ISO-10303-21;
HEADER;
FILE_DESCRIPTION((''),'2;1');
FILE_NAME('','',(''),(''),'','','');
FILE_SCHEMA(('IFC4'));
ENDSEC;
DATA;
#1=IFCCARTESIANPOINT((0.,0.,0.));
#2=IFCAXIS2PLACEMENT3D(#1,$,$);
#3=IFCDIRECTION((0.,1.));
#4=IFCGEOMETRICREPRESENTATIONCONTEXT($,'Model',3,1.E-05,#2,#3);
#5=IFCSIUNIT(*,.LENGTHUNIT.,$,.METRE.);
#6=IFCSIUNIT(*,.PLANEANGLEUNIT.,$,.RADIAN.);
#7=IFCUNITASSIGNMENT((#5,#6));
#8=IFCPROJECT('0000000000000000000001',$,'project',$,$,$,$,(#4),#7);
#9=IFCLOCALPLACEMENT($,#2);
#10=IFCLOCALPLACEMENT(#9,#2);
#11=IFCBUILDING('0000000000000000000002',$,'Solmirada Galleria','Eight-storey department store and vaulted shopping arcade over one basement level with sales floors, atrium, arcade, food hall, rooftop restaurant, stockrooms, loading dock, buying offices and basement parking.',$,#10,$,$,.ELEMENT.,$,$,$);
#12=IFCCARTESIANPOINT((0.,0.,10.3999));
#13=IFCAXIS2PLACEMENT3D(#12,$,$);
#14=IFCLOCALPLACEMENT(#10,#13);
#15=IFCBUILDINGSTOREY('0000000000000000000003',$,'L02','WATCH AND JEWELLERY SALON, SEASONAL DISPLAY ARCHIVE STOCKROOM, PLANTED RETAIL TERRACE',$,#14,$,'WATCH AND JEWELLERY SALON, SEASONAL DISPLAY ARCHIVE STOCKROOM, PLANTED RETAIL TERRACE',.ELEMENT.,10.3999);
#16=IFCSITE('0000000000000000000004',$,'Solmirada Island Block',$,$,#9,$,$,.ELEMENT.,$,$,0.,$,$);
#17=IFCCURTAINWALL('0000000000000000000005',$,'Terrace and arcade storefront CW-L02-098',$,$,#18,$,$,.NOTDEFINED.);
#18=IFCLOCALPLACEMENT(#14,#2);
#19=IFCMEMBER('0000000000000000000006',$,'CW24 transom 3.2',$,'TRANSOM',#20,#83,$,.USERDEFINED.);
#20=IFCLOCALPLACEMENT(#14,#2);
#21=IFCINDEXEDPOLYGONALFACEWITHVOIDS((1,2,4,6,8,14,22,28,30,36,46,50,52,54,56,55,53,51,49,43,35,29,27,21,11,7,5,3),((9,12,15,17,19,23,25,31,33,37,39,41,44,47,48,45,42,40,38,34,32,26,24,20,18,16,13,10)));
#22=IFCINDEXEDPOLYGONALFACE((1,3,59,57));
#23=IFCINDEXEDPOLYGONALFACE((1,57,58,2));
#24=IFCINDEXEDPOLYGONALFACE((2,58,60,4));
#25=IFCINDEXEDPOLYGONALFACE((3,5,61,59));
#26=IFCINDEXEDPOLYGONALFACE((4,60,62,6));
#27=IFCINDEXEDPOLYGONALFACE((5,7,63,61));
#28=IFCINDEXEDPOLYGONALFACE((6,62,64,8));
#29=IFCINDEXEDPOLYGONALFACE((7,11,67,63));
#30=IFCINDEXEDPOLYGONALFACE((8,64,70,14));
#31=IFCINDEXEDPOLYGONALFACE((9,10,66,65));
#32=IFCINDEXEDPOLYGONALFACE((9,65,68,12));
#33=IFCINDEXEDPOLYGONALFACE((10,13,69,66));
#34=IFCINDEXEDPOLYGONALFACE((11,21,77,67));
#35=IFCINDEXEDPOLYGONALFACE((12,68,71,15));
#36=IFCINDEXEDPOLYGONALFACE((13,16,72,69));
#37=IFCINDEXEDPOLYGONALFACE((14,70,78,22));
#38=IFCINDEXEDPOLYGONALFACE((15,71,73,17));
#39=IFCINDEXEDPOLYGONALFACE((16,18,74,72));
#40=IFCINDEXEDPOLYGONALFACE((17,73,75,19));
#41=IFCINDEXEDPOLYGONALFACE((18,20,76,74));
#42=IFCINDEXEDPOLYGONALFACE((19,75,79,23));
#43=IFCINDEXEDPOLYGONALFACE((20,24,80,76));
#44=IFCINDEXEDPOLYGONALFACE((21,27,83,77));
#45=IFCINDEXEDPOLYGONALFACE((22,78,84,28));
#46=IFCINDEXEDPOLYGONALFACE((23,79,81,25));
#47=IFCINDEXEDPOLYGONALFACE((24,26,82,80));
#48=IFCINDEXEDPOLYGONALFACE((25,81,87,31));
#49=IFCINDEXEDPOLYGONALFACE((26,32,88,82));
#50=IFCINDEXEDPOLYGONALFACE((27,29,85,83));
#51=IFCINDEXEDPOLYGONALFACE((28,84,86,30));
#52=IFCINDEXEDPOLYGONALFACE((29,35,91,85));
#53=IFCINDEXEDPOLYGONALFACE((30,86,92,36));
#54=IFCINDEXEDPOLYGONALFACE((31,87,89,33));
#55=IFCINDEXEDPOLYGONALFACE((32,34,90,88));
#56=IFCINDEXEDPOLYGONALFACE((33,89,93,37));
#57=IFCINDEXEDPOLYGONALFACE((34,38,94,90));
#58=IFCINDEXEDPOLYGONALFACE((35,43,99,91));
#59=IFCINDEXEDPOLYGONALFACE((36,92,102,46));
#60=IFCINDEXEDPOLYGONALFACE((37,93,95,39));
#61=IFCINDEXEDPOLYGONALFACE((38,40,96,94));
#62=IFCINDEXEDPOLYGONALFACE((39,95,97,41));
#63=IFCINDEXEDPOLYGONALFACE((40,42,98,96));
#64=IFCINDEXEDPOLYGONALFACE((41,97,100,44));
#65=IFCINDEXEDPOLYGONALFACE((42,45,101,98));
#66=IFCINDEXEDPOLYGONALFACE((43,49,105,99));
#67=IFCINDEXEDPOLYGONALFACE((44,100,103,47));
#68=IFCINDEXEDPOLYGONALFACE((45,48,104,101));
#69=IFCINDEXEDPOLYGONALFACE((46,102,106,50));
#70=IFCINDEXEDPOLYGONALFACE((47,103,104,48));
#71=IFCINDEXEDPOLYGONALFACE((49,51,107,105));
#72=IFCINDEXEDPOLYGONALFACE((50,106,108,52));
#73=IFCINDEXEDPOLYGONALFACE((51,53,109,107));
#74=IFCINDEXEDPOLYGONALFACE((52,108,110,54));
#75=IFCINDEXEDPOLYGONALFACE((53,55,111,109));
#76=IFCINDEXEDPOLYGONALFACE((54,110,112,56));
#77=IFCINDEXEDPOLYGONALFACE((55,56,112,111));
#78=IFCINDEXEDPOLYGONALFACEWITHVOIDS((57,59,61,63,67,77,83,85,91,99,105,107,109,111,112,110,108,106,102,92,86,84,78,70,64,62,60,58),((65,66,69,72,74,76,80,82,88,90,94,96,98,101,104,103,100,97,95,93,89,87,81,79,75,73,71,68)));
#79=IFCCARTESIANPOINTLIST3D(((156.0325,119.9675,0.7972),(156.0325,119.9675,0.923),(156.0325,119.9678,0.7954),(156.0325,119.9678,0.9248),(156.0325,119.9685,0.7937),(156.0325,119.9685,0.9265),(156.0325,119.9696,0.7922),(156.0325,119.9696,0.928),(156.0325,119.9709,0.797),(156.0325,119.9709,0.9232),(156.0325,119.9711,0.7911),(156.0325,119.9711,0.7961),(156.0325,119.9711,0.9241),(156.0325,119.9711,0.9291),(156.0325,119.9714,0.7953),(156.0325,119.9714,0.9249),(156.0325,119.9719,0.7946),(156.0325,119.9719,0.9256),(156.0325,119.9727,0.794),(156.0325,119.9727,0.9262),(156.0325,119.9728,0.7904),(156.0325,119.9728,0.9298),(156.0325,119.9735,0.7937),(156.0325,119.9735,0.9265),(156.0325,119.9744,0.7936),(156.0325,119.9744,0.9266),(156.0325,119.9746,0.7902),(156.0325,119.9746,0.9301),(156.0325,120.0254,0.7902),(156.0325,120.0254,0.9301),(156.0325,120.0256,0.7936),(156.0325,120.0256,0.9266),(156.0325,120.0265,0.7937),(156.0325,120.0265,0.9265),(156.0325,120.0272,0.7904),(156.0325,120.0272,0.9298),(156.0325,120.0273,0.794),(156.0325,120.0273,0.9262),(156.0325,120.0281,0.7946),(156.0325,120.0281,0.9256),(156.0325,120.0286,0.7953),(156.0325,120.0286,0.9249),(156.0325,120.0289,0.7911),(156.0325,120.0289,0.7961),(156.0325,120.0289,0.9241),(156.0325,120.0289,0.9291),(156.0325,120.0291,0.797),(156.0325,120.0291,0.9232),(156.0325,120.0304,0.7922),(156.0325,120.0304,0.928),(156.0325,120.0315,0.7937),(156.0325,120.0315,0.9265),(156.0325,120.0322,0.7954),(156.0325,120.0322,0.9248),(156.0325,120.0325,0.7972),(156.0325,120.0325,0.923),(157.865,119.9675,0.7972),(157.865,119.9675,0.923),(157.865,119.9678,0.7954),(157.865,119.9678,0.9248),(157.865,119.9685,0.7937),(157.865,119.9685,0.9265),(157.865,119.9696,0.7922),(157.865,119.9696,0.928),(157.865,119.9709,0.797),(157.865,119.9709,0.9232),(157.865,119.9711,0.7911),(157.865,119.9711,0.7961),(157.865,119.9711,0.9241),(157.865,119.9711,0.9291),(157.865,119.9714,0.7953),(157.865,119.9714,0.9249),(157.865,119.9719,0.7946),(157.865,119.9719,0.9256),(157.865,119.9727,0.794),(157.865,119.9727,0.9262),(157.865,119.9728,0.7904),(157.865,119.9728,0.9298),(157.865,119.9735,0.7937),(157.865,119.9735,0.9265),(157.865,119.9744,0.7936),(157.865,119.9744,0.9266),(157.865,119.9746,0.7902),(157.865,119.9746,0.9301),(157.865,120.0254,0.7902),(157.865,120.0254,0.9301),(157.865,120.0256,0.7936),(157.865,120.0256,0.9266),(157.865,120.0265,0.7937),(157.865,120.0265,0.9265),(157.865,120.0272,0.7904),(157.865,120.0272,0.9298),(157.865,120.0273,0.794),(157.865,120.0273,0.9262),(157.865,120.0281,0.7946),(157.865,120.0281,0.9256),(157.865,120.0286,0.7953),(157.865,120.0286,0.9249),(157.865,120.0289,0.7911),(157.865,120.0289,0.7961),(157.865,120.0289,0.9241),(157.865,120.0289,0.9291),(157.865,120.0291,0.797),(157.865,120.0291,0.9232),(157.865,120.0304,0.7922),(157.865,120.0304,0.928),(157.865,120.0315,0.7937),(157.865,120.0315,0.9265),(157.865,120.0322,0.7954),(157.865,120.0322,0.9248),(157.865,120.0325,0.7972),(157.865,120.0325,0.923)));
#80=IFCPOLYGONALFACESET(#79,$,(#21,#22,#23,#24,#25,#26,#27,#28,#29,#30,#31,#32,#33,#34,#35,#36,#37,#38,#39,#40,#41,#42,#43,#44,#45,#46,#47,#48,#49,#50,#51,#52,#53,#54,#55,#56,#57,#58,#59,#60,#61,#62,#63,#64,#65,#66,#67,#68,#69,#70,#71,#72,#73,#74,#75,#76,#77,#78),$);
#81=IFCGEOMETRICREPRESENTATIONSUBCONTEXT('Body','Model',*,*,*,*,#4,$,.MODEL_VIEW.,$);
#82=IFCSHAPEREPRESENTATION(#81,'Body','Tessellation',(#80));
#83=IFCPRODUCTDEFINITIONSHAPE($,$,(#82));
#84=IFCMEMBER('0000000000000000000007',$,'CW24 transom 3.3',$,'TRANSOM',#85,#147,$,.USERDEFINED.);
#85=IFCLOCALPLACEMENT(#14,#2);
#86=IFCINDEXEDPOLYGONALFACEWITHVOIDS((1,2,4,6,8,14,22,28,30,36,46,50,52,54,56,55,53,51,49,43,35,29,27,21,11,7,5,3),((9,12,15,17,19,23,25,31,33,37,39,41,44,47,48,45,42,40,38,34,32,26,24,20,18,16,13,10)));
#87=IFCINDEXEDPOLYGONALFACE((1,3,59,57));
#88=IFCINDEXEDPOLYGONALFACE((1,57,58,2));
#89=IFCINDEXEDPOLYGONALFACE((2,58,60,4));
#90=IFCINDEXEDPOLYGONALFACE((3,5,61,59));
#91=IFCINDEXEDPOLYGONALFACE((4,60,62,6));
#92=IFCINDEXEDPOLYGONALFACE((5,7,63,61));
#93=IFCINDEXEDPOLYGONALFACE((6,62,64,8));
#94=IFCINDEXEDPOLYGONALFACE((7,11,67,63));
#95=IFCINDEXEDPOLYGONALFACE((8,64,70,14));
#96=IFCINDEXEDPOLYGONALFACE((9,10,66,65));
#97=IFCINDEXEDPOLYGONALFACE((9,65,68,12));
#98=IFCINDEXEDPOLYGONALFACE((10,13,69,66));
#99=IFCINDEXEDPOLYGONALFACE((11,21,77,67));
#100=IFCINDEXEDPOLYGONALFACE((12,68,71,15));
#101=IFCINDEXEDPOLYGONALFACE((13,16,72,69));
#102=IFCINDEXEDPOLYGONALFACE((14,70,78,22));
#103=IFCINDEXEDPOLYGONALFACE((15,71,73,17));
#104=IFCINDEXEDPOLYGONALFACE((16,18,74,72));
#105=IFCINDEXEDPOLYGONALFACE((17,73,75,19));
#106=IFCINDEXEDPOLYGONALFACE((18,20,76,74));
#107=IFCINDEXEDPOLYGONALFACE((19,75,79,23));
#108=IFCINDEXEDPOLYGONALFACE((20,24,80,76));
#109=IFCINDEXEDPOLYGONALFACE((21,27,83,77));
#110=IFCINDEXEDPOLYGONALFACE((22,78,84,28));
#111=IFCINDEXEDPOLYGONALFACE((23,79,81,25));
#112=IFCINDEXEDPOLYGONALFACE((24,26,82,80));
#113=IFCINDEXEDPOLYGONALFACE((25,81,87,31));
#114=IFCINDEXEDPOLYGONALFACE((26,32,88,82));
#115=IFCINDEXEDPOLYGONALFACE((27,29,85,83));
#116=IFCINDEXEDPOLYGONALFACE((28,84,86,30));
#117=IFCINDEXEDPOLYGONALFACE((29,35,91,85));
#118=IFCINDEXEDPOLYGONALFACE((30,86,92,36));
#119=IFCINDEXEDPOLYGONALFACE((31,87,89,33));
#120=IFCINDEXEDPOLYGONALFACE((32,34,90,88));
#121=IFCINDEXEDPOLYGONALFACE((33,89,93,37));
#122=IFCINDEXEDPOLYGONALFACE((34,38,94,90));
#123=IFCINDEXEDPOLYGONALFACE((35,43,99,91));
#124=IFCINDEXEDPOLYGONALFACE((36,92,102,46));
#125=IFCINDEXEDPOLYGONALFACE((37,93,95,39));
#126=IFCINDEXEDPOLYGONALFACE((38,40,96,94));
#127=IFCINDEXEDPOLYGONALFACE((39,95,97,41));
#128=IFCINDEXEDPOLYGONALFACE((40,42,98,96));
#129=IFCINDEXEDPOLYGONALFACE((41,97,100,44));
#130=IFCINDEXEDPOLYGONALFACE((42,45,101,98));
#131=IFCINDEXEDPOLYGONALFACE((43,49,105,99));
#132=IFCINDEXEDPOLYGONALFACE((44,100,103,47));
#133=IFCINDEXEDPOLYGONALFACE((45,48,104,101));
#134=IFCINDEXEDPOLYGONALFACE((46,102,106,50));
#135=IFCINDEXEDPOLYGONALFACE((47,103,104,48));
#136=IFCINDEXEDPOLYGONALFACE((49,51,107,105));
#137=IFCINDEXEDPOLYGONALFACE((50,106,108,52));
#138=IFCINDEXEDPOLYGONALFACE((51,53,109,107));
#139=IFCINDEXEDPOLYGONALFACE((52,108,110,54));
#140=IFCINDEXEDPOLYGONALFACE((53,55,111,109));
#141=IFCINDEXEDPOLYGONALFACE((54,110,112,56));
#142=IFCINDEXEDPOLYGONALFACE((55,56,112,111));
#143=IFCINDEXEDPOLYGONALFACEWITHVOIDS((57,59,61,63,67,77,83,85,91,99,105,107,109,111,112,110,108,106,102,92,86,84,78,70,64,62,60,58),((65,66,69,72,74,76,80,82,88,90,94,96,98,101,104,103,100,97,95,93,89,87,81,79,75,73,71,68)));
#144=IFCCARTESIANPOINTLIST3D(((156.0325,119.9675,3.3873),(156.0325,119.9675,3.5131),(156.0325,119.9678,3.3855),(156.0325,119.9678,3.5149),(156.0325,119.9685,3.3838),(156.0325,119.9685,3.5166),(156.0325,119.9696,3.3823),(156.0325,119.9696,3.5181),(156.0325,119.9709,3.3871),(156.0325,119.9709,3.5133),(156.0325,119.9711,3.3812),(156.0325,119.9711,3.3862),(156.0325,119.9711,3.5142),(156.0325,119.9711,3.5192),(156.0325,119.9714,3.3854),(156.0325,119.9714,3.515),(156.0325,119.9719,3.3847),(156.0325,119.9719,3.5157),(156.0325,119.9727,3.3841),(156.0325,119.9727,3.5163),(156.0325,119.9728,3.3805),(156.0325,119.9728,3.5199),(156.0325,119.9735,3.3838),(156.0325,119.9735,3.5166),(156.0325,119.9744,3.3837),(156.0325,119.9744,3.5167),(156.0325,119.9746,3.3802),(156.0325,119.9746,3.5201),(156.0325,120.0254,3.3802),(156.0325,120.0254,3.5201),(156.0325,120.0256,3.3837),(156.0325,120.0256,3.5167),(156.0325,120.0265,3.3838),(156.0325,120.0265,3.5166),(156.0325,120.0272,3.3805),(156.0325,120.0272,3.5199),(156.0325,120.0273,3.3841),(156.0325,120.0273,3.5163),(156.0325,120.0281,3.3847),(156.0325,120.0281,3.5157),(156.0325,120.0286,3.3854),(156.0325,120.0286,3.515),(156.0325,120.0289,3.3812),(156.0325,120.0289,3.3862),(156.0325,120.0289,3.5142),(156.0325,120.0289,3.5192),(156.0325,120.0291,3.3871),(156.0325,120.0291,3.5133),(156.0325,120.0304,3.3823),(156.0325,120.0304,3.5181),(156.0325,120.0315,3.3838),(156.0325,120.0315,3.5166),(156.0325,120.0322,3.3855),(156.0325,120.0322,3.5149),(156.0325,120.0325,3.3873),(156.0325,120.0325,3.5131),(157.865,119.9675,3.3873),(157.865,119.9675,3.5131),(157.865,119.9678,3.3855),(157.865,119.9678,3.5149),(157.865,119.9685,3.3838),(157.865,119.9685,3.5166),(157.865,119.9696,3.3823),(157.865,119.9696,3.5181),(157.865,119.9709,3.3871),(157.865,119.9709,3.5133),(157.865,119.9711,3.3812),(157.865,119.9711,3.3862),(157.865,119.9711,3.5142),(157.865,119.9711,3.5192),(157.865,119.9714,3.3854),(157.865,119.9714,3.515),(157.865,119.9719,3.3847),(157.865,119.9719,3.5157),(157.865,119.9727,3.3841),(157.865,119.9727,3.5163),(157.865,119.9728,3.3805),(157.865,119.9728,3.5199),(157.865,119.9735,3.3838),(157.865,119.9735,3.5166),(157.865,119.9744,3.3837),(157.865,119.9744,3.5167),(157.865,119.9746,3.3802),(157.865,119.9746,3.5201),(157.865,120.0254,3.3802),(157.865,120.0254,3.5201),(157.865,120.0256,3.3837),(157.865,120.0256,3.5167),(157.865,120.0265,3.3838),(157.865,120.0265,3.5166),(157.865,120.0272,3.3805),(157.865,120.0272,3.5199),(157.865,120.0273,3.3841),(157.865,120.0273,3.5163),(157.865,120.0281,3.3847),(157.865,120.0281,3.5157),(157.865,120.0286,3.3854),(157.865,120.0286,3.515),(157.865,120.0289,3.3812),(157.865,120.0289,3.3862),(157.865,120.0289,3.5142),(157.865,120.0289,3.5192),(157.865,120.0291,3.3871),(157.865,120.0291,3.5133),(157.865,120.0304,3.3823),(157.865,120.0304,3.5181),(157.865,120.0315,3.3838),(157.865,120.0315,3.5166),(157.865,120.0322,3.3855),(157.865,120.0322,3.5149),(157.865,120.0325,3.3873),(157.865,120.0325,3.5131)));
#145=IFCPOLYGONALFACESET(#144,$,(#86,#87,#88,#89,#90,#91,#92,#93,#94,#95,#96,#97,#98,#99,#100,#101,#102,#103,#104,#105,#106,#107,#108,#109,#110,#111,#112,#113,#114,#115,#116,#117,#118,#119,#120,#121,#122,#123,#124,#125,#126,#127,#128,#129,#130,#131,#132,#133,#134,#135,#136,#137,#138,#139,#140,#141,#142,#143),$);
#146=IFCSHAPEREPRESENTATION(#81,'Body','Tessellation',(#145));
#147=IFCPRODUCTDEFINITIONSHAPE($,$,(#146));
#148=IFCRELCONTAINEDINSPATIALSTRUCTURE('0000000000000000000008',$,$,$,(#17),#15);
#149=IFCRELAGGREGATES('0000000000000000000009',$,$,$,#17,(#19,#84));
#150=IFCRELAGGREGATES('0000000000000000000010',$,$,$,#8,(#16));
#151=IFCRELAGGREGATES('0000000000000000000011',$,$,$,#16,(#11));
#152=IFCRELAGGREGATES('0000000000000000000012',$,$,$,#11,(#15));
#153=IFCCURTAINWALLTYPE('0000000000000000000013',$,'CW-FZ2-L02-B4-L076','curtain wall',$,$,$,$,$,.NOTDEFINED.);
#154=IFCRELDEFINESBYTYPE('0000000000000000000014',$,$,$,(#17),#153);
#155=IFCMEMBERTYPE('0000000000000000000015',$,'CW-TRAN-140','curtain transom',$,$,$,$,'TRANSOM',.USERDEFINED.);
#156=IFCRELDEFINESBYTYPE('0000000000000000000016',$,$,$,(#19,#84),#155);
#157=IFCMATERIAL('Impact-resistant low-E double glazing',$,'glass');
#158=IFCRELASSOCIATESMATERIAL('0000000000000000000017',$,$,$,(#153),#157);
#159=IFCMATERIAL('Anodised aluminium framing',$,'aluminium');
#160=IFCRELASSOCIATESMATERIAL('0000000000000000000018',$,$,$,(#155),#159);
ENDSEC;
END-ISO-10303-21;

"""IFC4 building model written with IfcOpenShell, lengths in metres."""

from ifc_helpers import new_model, si_unit, direction, frame, origin, origin_2d, place, context, subcontext, project, spatial, hollow_rectangle, extrude, material, material_profile, profile_set, type_object, element, aggregate, save


model = new_model("IFC4")

# Units and contexts
model_context = context("Model", 3, precision=1e-05, world=origin(), true_north=direction((0.0, 1.0)))
body_context = subcontext(model_context, "Body", "Model", "MODEL_VIEW")
ifc_project = project(units=[si_unit("LENGTHUNIT", "METRE"), si_unit("PLANEANGLEUNIT", "RADIAN")], contexts=[model_context])

# Site, building, storey
site_placement = place(None, origin())
site = spatial("IfcSite", under=ifc_project, at=site_placement, Name="Solmirada Island Block", CompositionType="ELEMENT", RefElevation=0.0)
building_placement = place(site_placement, origin())
building = spatial("IfcBuilding", under=site, at=building_placement, Name="Solmirada Galleria", Description="Eight-storey department store and vaulted shopping arcade over one basement level with sales floors, atrium, arcade, food hall, rooftop restaurant, stockrooms, loading dock, buying offices and basement parking.", CompositionType="ELEMENT")
storey_placement = place(building_placement, frame((0.0, 0.0, 10.3999)))
storey = spatial("IfcBuildingStorey", under=building, at=storey_placement, Name="L02", Description="WATCH AND JEWELLERY SALON, SEASONAL DISPLAY ARCHIVE STOCKROOM, PLANTED RETAIL TERRACE", LongName="WATCH AND JEWELLERY SALON, SEASONAL DISPLAY ARCHIVE STOCKROOM, PLANTED RETAIL TERRACE", CompositionType="ELEMENT", Elevation=10.3999)

# Curtain wall, members
ifc_material_1 = material(Name="Impact-resistant low-E double glazing", Category="glass")
curtain_wall_type = type_object("IfcCurtainWallType", Name="CW-FZ2-L02-B4-L076", Description="curtain wall", PredefinedType="NOTDEFINED", material=ifc_material_1)
curtain_wall_placement = place(storey_placement, origin())
curtain_wall = element("IfcCurtainWall", 1, at=curtain_wall_placement, inside=storey, type_object=curtain_wall_type, Name="Terrace and arcade storefront CW-L02-098", PredefinedType="NOTDEFINED")
ifc_material_2 = material(Name="Anodised aluminium framing", Category="aluminium")
ifc_material_profile_1 = material_profile(ifc_material_2, hollow_rectangle(XDim=0.0649, YDim=0.1399, WallThickness=0.0034, InnerFilletRadius=0.0034, OuterFilletRadius=0.0071, at=origin_2d()), Name="ALU-TRAN-140X65")
ifc_profile_set_1 = profile_set([ifc_material_profile_1], Name="Anodised aluminium framing")
member_type_1 = type_object("IfcMemberType", Name="CW-TRAN-140", Description="curtain transom", ElementType="TRANSOM", PredefinedType="USERDEFINED", material=ifc_profile_set_1)
member_1_placement = place(storey_placement, frame((156.0325, 120.0, 0.8601), z_axis=(1.0, 0.0, 0.0), x_axis=(0.0, 1.0, 0.0)))
member_1 = element("IfcMember", 2, at=member_1_placement, type_object=member_type_1, Name="CW24 transom 3.2", ObjectType="TRANSOM", PredefinedType="USERDEFINED", context=body_context, shape_type="SweptSolid", body=[
    extrude(hollow_rectangle(XDim=0.0649, YDim=0.1399, WallThickness=0.0034, InnerFilletRadius=0.0034, OuterFilletRadius=0.0071, at=origin_2d()), origin(), (0.0, 0.0, 1.0), 1.8325),
])
member_2_placement = place(storey_placement, frame((156.0325, 120.0, 3.4502), z_axis=(1.0, 0.0, 0.0), x_axis=(0.0, 1.0, 0.0)))
member_2 = element("IfcMember", 3, at=member_2_placement, type_object=member_type_1, Name="CW24 transom 3.3", ObjectType="TRANSOM", PredefinedType="USERDEFINED", context=body_context, shape_type="SweptSolid", body=[
    extrude(hollow_rectangle(XDim=0.0649, YDim=0.1399, WallThickness=0.0034, InnerFilletRadius=0.0034, OuterFilletRadius=0.0071, at=origin_2d()), origin(), (0.0, 0.0, 1.0), 1.8325),
])
aggregate(curtain_wall, [member_1, member_2])

save(model, "model.ifc")
